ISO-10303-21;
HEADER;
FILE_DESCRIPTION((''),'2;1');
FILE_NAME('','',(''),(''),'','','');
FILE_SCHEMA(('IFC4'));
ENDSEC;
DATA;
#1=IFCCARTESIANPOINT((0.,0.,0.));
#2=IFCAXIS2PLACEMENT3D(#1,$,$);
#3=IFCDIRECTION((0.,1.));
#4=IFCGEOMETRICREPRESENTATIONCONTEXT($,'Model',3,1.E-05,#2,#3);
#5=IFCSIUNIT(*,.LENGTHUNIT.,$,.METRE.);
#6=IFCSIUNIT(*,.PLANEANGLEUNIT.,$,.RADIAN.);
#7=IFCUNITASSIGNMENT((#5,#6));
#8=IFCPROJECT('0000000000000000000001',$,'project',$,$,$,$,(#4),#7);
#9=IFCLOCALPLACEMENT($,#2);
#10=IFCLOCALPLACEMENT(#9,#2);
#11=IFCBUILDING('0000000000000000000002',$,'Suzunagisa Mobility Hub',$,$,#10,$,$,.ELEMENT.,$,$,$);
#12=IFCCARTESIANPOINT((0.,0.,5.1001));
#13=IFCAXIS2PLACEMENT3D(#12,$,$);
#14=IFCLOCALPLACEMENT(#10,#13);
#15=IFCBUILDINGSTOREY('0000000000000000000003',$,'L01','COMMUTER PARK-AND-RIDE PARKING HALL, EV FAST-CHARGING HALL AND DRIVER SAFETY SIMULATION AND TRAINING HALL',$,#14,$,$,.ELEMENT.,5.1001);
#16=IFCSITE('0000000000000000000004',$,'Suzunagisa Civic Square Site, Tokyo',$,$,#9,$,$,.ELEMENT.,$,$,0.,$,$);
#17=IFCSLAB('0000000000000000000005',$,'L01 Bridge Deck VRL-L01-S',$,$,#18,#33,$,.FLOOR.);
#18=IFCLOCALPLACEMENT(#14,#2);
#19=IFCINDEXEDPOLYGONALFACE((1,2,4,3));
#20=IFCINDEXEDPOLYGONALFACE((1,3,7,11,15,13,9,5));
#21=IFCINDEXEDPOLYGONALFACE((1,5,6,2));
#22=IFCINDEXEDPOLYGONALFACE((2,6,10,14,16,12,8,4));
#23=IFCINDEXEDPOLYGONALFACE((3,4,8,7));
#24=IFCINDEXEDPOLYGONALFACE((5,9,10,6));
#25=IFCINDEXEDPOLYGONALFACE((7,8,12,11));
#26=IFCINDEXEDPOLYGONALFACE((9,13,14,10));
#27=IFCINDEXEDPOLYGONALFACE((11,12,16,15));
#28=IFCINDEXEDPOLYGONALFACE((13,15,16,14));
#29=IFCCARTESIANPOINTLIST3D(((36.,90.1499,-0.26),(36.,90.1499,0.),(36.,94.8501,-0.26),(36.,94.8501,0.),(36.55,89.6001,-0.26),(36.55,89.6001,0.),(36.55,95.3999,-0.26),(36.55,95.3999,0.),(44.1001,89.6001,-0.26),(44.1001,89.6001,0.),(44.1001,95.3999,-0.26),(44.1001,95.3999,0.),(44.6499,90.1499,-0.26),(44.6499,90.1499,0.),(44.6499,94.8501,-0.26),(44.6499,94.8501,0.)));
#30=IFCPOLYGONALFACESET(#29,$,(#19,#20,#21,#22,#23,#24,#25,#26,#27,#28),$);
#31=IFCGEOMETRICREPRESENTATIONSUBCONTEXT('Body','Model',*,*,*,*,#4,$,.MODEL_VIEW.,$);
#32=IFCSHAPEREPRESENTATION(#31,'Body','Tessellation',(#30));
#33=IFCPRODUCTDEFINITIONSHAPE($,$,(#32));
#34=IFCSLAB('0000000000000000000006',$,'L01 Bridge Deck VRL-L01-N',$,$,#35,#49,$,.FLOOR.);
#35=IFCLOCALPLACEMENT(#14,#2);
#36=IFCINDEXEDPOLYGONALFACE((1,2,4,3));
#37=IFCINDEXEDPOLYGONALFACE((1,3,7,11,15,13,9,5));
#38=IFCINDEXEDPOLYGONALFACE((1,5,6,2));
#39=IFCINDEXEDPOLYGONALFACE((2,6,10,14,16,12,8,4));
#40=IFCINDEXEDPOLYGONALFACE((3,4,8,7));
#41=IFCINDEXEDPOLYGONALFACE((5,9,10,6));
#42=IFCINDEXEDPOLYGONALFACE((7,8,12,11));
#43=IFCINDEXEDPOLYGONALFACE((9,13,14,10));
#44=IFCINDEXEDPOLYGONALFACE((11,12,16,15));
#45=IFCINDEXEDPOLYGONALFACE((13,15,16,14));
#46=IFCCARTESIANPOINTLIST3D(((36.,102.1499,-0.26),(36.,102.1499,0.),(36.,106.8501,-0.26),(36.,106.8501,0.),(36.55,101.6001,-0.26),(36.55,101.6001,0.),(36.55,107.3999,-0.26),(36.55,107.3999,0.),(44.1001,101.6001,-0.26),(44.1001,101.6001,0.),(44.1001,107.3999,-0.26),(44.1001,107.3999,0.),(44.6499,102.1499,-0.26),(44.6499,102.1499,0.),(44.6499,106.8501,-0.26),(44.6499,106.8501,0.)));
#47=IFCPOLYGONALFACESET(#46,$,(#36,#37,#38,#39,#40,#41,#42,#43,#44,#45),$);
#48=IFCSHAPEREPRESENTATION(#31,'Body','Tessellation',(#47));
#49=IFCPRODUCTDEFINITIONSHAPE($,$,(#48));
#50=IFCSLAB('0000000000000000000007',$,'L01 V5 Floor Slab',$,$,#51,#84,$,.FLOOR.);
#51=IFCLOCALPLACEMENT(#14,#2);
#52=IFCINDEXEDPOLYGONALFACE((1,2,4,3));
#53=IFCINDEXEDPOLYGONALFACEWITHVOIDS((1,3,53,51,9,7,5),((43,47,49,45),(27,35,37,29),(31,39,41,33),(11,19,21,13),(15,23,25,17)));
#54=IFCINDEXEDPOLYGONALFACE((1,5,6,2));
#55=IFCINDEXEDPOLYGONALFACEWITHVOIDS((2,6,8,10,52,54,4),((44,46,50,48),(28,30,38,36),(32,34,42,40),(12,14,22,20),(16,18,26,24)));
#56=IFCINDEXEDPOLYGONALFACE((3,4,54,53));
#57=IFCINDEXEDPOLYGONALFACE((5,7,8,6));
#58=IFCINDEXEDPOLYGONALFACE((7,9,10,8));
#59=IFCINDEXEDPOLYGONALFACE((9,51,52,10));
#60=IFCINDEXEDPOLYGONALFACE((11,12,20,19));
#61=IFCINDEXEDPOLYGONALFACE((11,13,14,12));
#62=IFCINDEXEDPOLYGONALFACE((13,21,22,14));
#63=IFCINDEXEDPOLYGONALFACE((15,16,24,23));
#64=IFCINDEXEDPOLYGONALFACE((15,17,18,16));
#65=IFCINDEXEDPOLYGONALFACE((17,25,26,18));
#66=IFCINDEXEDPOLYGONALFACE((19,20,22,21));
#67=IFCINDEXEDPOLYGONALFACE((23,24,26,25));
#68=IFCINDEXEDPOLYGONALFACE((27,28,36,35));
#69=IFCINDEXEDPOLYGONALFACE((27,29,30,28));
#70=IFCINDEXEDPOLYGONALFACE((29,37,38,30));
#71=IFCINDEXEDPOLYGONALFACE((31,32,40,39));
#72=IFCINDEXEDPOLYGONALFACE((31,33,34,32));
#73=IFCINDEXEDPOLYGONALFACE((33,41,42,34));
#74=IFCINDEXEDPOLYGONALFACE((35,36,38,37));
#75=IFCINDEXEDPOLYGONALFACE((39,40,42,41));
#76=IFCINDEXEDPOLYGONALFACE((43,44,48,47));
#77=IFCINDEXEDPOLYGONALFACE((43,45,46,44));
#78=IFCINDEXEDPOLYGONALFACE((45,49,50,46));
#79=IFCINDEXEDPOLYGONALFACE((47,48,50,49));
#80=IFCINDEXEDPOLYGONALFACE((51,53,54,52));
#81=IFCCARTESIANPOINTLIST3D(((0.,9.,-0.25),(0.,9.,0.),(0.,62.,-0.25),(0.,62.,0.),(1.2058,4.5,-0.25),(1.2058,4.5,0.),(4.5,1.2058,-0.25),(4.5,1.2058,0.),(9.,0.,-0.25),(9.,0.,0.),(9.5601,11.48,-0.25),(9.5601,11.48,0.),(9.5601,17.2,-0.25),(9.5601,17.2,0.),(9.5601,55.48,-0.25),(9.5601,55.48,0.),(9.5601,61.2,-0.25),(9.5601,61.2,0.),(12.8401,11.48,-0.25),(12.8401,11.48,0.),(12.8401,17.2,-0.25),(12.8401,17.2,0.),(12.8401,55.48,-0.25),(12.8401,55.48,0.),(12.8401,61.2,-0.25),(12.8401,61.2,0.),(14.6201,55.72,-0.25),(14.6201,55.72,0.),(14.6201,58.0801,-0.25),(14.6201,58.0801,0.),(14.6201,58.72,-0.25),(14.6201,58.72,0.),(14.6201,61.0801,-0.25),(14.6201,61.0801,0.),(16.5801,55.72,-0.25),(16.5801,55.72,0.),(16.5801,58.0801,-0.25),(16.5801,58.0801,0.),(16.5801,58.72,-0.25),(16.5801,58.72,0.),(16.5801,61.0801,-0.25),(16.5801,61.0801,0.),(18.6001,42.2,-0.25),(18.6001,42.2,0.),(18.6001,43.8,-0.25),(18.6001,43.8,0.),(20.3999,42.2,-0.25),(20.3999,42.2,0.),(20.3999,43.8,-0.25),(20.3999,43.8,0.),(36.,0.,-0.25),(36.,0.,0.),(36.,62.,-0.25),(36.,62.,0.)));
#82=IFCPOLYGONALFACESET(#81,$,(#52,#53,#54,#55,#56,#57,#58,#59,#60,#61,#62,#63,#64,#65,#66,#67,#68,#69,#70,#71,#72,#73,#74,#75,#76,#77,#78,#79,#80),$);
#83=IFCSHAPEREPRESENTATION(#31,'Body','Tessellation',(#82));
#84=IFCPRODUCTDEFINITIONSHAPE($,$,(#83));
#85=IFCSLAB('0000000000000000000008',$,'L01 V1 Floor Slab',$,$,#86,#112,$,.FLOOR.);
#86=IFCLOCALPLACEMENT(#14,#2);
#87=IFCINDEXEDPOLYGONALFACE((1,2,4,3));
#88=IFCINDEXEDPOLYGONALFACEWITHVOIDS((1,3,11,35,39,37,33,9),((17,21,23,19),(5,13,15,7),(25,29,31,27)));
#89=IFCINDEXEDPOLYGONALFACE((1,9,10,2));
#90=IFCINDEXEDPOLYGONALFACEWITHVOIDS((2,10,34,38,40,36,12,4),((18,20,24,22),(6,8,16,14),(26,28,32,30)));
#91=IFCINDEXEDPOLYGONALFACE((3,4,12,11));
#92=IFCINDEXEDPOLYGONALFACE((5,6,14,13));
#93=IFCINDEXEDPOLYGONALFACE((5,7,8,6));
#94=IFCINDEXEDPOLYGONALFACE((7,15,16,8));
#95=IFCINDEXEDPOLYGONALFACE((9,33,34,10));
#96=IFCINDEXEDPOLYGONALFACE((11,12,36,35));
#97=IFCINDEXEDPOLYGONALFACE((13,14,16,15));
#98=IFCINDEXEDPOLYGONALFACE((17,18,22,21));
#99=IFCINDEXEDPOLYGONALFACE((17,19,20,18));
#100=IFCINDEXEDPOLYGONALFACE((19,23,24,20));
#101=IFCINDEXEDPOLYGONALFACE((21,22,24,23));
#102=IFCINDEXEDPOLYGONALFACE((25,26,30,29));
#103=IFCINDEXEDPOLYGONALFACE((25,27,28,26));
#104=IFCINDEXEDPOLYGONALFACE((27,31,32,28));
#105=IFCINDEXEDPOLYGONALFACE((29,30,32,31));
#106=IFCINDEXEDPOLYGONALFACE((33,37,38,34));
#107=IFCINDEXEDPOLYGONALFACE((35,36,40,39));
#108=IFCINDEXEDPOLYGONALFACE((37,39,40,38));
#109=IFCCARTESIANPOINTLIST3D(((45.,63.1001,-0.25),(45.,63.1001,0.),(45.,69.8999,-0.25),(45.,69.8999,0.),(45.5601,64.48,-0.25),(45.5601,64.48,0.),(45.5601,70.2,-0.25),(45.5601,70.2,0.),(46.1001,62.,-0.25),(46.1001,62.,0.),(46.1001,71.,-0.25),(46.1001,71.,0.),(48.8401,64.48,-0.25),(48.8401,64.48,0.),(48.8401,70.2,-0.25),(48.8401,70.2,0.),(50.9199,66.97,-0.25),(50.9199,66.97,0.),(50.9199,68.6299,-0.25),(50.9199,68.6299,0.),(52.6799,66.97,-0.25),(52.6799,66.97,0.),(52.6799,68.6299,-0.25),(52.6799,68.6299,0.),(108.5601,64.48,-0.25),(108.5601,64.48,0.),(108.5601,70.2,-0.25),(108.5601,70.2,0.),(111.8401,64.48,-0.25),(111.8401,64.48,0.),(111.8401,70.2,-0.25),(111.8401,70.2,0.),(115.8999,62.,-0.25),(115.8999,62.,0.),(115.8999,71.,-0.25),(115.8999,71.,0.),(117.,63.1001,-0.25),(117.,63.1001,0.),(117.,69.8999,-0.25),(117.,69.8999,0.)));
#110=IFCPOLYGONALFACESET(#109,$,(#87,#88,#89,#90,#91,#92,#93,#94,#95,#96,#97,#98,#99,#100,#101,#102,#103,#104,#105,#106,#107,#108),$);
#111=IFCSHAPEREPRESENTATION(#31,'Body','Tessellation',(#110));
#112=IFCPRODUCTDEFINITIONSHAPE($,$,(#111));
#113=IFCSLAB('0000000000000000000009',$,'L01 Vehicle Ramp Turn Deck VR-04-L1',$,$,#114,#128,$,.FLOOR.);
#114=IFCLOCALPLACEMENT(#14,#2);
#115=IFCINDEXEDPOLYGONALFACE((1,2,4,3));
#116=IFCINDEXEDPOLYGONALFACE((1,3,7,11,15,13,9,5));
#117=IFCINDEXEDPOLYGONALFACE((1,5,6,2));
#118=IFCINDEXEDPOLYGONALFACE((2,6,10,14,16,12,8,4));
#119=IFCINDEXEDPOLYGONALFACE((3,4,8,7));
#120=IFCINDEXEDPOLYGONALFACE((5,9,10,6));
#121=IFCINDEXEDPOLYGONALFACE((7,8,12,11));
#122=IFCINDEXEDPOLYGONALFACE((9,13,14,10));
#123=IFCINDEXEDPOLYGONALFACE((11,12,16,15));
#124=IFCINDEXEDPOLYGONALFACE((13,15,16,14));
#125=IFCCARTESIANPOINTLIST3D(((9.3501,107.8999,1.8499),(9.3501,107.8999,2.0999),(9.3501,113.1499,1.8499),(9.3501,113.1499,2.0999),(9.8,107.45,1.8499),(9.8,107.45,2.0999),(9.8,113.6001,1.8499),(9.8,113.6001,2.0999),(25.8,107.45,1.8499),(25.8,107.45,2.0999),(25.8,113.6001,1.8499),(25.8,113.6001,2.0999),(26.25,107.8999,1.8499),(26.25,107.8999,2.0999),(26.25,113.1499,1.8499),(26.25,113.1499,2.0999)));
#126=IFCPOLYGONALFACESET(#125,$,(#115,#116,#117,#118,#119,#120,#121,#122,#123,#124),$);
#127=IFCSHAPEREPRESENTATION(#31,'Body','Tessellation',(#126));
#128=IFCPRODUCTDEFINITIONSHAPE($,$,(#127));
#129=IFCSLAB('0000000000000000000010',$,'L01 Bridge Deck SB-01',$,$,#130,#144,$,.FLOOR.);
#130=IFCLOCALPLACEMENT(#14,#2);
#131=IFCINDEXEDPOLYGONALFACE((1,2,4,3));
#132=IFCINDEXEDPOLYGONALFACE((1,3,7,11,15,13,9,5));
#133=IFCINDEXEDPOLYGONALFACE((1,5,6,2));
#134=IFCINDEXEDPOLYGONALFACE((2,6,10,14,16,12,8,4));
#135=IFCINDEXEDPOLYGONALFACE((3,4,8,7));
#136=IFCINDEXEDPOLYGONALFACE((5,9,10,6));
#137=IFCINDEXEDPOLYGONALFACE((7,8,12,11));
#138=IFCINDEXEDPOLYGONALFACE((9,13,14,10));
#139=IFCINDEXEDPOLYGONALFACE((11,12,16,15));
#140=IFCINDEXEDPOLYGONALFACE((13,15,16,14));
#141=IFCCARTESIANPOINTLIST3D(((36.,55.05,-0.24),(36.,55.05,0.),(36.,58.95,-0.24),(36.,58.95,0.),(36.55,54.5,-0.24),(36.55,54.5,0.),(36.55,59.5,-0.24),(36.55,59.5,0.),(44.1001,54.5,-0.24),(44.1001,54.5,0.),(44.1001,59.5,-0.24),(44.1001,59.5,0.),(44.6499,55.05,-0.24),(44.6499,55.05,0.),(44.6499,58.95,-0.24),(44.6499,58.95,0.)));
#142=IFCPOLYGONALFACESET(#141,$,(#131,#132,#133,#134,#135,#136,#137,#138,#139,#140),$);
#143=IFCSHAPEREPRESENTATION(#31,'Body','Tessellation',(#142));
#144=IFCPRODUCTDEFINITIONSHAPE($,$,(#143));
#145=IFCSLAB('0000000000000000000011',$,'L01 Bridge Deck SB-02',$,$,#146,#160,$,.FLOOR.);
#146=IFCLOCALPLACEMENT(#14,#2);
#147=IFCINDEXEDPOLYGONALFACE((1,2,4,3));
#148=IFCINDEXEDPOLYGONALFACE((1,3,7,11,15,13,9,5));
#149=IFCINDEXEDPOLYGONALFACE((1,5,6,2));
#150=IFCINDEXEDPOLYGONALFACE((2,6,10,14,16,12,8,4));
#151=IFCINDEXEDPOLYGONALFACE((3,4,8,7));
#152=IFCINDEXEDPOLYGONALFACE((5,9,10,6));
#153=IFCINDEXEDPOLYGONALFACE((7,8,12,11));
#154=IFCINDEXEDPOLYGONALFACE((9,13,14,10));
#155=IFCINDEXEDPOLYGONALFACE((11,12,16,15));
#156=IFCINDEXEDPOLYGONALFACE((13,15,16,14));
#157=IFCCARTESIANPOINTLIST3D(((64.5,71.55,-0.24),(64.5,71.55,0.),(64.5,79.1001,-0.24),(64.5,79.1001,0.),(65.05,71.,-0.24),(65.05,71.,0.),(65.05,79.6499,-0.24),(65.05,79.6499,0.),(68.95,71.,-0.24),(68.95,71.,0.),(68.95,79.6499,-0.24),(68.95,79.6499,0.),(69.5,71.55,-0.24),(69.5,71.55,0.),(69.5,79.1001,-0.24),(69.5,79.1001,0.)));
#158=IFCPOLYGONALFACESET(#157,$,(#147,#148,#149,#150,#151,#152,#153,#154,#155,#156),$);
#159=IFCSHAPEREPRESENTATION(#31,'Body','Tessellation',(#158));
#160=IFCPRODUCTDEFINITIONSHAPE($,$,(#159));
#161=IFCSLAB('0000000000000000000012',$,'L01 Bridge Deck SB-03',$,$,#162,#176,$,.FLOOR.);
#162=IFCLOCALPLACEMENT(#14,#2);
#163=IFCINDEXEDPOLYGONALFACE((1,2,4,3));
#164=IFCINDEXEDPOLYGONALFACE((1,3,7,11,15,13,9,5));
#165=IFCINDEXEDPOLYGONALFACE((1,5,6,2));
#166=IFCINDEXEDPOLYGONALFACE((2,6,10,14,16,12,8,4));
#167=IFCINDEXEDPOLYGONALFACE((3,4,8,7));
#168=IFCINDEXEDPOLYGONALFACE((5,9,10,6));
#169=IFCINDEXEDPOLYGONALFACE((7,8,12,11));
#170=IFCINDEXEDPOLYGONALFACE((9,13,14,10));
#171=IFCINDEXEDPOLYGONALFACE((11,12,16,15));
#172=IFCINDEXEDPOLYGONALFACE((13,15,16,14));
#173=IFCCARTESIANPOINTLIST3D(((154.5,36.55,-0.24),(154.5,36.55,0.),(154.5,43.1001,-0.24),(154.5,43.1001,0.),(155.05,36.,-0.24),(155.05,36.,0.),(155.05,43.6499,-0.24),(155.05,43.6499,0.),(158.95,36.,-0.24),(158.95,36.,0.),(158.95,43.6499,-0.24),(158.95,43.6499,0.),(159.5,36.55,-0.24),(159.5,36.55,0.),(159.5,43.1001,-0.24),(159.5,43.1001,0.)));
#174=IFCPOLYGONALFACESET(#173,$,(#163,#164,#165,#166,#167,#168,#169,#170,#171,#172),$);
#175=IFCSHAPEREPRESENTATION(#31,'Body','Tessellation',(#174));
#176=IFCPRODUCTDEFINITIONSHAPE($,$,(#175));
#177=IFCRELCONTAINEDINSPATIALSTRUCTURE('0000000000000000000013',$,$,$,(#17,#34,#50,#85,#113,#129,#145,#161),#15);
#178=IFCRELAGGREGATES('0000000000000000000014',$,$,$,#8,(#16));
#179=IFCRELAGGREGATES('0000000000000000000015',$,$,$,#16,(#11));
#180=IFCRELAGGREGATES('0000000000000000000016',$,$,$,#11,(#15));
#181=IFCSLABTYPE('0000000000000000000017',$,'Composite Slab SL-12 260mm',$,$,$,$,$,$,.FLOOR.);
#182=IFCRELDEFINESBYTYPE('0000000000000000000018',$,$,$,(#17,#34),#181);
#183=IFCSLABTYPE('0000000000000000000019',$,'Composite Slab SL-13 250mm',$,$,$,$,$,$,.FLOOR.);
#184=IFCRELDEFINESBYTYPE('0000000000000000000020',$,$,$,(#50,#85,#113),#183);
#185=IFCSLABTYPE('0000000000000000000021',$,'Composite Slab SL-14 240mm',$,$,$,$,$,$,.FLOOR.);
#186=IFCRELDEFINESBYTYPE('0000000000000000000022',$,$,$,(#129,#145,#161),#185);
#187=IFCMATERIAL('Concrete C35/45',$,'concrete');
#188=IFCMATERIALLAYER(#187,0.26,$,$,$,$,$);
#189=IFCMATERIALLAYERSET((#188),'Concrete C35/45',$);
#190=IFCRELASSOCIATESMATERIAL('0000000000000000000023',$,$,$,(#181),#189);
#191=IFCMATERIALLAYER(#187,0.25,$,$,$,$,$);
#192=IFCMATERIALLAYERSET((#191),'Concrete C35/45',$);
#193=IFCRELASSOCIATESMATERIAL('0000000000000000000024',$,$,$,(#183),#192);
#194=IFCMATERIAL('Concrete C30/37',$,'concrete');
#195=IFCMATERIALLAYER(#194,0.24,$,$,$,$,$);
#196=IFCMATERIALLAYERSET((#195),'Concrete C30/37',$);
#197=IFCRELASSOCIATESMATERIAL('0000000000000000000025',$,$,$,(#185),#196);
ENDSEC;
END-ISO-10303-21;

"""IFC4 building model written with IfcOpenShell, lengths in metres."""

from ifc_helpers import new_model, si_unit, direction, frame, origin, place, context, subcontext, project, spatial, polyline, outline, extrude, material, layer, layer_set, type_object, element, save


model = new_model("IFC4")

# Units and contexts
model_context = context("Model", 3, precision=1e-05, world=origin(), true_north=direction((0.0, 1.0)))
body_context = subcontext(model_context, "Body", "Model", "MODEL_VIEW")
ifc_project = project(units=[si_unit("LENGTHUNIT", "METRE"), si_unit("PLANEANGLEUNIT", "RADIAN")], contexts=[model_context])

# Site, building, storey
site_placement = place(None, origin())
site = spatial("IfcSite", under=ifc_project, at=site_placement, Name="Suzunagisa Civic Square Site, Tokyo", CompositionType="ELEMENT", RefElevation=0.0)
building_placement = place(site_placement, origin())
building = spatial("IfcBuilding", under=site, at=building_placement, Name="Suzunagisa Mobility Hub", CompositionType="ELEMENT")
storey_placement = place(building_placement, frame((0.0, 0.0, 5.1001)))
storey = spatial("IfcBuildingStorey", under=building, at=storey_placement, Name="L01", Description="COMMUTER PARK-AND-RIDE PARKING HALL, EV FAST-CHARGING HALL AND DRIVER SAFETY SIMULATION AND TRAINING HALL", CompositionType="ELEMENT", Elevation=5.1001)

# Slabs
ifc_material_1 = material(Name="Concrete C30/37", Category="concrete")
ifc_material_2 = material(Name="Concrete C35/45", Category="concrete")
ifc_layer_1 = layer(ifc_material_2, 0.26)
ifc_layer_set_1 = layer_set([ifc_layer_1], Name="Concrete C35/45")
slab_type_1 = type_object("IfcSlabType", Name="Composite Slab SL-12 260mm", PredefinedType="FLOOR", material=ifc_layer_set_1)
slab_1_placement = place(storey_placement, frame((0.0, 0.0, -0.26)))
element("IfcSlab", 1, at=slab_1_placement, inside=storey, type_object=slab_type_1, Name="L01 Bridge Deck VRL-L01-S", PredefinedType="FLOOR", context=body_context, shape_type="SweptSolid", body=[
    extrude(outline(polyline([(36.55, 89.6001), (44.1001, 89.6001), (44.6499, 90.1499), (44.6499, 94.8501), (44.1001, 95.3999), (36.55, 95.3999), (36.0, 94.8501), (36.0, 90.1499), (36.55, 89.6001)])), origin(), (0.0, 0.0, 1.0), 0.26),
])
slab_2_placement = place(storey_placement, frame((0.0, 0.0, -0.26)))
element("IfcSlab", 2, at=slab_2_placement, inside=storey, type_object=slab_type_1, Name="L01 Bridge Deck VRL-L01-N", PredefinedType="FLOOR", context=body_context, shape_type="SweptSolid", body=[
    extrude(outline(polyline([(36.55, 101.6001), (44.1001, 101.6001), (44.6499, 102.1499), (44.6499, 106.8501), (44.1001, 107.3999), (36.55, 107.3999), (36.0, 106.8501), (36.0, 102.1499), (36.55, 101.6001)])), origin(), (0.0, 0.0, 1.0), 0.26),
])
ifc_layer_2 = layer(ifc_material_2, 0.25)
ifc_layer_set_2 = layer_set([ifc_layer_2], Name="Concrete C35/45")
slab_type_2 = type_object("IfcSlabType", Name="Composite Slab SL-13 250mm", PredefinedType="FLOOR", material=ifc_layer_set_2)
slab_3_placement = place(storey_placement, frame((0.0, 0.0, -0.25)))
element("IfcSlab", 3, at=slab_3_placement, inside=storey, type_object=slab_type_2, Name="L01 V5 Floor Slab", PredefinedType="FLOOR", context=body_context, shape_type="SweptSolid", body=[
    extrude(outline(polyline([(0.0, 9.0), (1.2058, 4.5), (4.5, 1.2058), (9.0, 0.0), (36.0, 0.0), (36.0, 62.0), (0.0, 62.0), (0.0, 9.0)]), holes=[polyline([(18.6001, 42.2), (20.3999, 42.2), (20.3999, 43.8), (18.6001, 43.8), (18.6001, 42.2)]), polyline([(9.5601, 55.48), (12.8401, 55.48), (12.8401, 61.2), (9.5601, 61.2), (9.5601, 55.48)]), polyline([(14.6201, 55.72), (16.5801, 55.72), (16.5801, 58.0801), (14.6201, 58.0801), (14.6201, 55.72)]), polyline([(14.6201, 58.72), (16.5801, 58.72), (16.5801, 61.0801), (14.6201, 61.0801), (14.6201, 58.72)]), polyline([(9.5601, 11.48), (12.8401, 11.48), (12.8401, 17.2), (9.5601, 17.2), (9.5601, 11.48)])]), origin(), (0.0, 0.0, 1.0), 0.25),
])
slab_4_placement = place(storey_placement, frame((0.0, 0.0, -0.25)))
element("IfcSlab", 4, at=slab_4_placement, inside=storey, type_object=slab_type_2, Name="L01 V1 Floor Slab", PredefinedType="FLOOR", context=body_context, shape_type="SweptSolid", body=[
    extrude(outline(polyline([(46.1001, 62.0), (115.8999, 62.0), (117.0, 63.1001), (117.0, 69.8999), (115.8999, 71.0), (46.1001, 71.0), (45.0, 69.8999), (45.0, 63.1001), (46.1001, 62.0)]), holes=[polyline([(45.5601, 64.48), (48.8401, 64.48), (48.8401, 70.2), (45.5601, 70.2), (45.5601, 64.48)]), polyline([(50.9199, 66.97), (52.6799, 66.97), (52.6799, 68.6299), (50.9199, 68.6299), (50.9199, 66.97)]), polyline([(108.5601, 64.48), (111.8401, 64.48), (111.8401, 70.2), (108.5601, 70.2), (108.5601, 64.48)])]), origin(), (0.0, 0.0, 1.0), 0.25),
])
slab_5_placement = place(storey_placement, frame((0.0, 0.0, 1.8499)))
element("IfcSlab", 5, at=slab_5_placement, inside=storey, type_object=slab_type_2, Name="L01 Vehicle Ramp Turn Deck VR-04-L1", PredefinedType="FLOOR", context=body_context, shape_type="SweptSolid", body=[
    extrude(outline(polyline([(9.8, 107.45), (25.8, 107.45), (26.25, 107.8999), (26.25, 113.1499), (25.8, 113.6001), (9.8, 113.6001), (9.3501, 113.1499), (9.3501, 107.8999), (9.8, 107.45)])), origin(), (0.0, 0.0, 1.0), 0.25),
])
ifc_layer_3 = layer(ifc_material_1, 0.24)
ifc_layer_set_3 = layer_set([ifc_layer_3], Name="Concrete C30/37")
slab_type_3 = type_object("IfcSlabType", Name="Composite Slab SL-14 240mm", PredefinedType="FLOOR", material=ifc_layer_set_3)
slab_6_placement = place(storey_placement, frame((0.0, 0.0, -0.24)))
element("IfcSlab", 6, at=slab_6_placement, inside=storey, type_object=slab_type_3, Name="L01 Bridge Deck SB-01", PredefinedType="FLOOR", context=body_context, shape_type="SweptSolid", body=[
    extrude(outline(polyline([(36.55, 54.5), (44.1001, 54.5), (44.6499, 55.05), (44.6499, 58.95), (44.1001, 59.5), (36.55, 59.5), (36.0, 58.95), (36.0, 55.05), (36.55, 54.5)])), origin(), (0.0, 0.0, 1.0), 0.24),
])
slab_7_placement = place(storey_placement, frame((0.0, 0.0, -0.24)))
element("IfcSlab", 7, at=slab_7_placement, inside=storey, type_object=slab_type_3, Name="L01 Bridge Deck SB-02", PredefinedType="FLOOR", context=body_context, shape_type="SweptSolid", body=[
    extrude(outline(polyline([(65.05, 71.0), (68.95, 71.0), (69.5, 71.55), (69.5, 79.1001), (68.95, 79.6499), (65.05, 79.6499), (64.5, 79.1001), (64.5, 71.55), (65.05, 71.0)])), origin(), (0.0, 0.0, 1.0), 0.24),
])
slab_8_placement = place(storey_placement, frame((0.0, 0.0, -0.24)))
element("IfcSlab", 8, at=slab_8_placement, inside=storey, type_object=slab_type_3, Name="L01 Bridge Deck SB-03", PredefinedType="FLOOR", context=body_context, shape_type="SweptSolid", body=[
    extrude(outline(polyline([(155.05, 36.0), (158.95, 36.0), (159.5, 36.55), (159.5, 43.1001), (158.95, 43.6499), (155.05, 43.6499), (154.5, 43.1001), (154.5, 36.55), (155.05, 36.0)])), origin(), (0.0, 0.0, 1.0), 0.24),
])

save(model, "model.ifc")
